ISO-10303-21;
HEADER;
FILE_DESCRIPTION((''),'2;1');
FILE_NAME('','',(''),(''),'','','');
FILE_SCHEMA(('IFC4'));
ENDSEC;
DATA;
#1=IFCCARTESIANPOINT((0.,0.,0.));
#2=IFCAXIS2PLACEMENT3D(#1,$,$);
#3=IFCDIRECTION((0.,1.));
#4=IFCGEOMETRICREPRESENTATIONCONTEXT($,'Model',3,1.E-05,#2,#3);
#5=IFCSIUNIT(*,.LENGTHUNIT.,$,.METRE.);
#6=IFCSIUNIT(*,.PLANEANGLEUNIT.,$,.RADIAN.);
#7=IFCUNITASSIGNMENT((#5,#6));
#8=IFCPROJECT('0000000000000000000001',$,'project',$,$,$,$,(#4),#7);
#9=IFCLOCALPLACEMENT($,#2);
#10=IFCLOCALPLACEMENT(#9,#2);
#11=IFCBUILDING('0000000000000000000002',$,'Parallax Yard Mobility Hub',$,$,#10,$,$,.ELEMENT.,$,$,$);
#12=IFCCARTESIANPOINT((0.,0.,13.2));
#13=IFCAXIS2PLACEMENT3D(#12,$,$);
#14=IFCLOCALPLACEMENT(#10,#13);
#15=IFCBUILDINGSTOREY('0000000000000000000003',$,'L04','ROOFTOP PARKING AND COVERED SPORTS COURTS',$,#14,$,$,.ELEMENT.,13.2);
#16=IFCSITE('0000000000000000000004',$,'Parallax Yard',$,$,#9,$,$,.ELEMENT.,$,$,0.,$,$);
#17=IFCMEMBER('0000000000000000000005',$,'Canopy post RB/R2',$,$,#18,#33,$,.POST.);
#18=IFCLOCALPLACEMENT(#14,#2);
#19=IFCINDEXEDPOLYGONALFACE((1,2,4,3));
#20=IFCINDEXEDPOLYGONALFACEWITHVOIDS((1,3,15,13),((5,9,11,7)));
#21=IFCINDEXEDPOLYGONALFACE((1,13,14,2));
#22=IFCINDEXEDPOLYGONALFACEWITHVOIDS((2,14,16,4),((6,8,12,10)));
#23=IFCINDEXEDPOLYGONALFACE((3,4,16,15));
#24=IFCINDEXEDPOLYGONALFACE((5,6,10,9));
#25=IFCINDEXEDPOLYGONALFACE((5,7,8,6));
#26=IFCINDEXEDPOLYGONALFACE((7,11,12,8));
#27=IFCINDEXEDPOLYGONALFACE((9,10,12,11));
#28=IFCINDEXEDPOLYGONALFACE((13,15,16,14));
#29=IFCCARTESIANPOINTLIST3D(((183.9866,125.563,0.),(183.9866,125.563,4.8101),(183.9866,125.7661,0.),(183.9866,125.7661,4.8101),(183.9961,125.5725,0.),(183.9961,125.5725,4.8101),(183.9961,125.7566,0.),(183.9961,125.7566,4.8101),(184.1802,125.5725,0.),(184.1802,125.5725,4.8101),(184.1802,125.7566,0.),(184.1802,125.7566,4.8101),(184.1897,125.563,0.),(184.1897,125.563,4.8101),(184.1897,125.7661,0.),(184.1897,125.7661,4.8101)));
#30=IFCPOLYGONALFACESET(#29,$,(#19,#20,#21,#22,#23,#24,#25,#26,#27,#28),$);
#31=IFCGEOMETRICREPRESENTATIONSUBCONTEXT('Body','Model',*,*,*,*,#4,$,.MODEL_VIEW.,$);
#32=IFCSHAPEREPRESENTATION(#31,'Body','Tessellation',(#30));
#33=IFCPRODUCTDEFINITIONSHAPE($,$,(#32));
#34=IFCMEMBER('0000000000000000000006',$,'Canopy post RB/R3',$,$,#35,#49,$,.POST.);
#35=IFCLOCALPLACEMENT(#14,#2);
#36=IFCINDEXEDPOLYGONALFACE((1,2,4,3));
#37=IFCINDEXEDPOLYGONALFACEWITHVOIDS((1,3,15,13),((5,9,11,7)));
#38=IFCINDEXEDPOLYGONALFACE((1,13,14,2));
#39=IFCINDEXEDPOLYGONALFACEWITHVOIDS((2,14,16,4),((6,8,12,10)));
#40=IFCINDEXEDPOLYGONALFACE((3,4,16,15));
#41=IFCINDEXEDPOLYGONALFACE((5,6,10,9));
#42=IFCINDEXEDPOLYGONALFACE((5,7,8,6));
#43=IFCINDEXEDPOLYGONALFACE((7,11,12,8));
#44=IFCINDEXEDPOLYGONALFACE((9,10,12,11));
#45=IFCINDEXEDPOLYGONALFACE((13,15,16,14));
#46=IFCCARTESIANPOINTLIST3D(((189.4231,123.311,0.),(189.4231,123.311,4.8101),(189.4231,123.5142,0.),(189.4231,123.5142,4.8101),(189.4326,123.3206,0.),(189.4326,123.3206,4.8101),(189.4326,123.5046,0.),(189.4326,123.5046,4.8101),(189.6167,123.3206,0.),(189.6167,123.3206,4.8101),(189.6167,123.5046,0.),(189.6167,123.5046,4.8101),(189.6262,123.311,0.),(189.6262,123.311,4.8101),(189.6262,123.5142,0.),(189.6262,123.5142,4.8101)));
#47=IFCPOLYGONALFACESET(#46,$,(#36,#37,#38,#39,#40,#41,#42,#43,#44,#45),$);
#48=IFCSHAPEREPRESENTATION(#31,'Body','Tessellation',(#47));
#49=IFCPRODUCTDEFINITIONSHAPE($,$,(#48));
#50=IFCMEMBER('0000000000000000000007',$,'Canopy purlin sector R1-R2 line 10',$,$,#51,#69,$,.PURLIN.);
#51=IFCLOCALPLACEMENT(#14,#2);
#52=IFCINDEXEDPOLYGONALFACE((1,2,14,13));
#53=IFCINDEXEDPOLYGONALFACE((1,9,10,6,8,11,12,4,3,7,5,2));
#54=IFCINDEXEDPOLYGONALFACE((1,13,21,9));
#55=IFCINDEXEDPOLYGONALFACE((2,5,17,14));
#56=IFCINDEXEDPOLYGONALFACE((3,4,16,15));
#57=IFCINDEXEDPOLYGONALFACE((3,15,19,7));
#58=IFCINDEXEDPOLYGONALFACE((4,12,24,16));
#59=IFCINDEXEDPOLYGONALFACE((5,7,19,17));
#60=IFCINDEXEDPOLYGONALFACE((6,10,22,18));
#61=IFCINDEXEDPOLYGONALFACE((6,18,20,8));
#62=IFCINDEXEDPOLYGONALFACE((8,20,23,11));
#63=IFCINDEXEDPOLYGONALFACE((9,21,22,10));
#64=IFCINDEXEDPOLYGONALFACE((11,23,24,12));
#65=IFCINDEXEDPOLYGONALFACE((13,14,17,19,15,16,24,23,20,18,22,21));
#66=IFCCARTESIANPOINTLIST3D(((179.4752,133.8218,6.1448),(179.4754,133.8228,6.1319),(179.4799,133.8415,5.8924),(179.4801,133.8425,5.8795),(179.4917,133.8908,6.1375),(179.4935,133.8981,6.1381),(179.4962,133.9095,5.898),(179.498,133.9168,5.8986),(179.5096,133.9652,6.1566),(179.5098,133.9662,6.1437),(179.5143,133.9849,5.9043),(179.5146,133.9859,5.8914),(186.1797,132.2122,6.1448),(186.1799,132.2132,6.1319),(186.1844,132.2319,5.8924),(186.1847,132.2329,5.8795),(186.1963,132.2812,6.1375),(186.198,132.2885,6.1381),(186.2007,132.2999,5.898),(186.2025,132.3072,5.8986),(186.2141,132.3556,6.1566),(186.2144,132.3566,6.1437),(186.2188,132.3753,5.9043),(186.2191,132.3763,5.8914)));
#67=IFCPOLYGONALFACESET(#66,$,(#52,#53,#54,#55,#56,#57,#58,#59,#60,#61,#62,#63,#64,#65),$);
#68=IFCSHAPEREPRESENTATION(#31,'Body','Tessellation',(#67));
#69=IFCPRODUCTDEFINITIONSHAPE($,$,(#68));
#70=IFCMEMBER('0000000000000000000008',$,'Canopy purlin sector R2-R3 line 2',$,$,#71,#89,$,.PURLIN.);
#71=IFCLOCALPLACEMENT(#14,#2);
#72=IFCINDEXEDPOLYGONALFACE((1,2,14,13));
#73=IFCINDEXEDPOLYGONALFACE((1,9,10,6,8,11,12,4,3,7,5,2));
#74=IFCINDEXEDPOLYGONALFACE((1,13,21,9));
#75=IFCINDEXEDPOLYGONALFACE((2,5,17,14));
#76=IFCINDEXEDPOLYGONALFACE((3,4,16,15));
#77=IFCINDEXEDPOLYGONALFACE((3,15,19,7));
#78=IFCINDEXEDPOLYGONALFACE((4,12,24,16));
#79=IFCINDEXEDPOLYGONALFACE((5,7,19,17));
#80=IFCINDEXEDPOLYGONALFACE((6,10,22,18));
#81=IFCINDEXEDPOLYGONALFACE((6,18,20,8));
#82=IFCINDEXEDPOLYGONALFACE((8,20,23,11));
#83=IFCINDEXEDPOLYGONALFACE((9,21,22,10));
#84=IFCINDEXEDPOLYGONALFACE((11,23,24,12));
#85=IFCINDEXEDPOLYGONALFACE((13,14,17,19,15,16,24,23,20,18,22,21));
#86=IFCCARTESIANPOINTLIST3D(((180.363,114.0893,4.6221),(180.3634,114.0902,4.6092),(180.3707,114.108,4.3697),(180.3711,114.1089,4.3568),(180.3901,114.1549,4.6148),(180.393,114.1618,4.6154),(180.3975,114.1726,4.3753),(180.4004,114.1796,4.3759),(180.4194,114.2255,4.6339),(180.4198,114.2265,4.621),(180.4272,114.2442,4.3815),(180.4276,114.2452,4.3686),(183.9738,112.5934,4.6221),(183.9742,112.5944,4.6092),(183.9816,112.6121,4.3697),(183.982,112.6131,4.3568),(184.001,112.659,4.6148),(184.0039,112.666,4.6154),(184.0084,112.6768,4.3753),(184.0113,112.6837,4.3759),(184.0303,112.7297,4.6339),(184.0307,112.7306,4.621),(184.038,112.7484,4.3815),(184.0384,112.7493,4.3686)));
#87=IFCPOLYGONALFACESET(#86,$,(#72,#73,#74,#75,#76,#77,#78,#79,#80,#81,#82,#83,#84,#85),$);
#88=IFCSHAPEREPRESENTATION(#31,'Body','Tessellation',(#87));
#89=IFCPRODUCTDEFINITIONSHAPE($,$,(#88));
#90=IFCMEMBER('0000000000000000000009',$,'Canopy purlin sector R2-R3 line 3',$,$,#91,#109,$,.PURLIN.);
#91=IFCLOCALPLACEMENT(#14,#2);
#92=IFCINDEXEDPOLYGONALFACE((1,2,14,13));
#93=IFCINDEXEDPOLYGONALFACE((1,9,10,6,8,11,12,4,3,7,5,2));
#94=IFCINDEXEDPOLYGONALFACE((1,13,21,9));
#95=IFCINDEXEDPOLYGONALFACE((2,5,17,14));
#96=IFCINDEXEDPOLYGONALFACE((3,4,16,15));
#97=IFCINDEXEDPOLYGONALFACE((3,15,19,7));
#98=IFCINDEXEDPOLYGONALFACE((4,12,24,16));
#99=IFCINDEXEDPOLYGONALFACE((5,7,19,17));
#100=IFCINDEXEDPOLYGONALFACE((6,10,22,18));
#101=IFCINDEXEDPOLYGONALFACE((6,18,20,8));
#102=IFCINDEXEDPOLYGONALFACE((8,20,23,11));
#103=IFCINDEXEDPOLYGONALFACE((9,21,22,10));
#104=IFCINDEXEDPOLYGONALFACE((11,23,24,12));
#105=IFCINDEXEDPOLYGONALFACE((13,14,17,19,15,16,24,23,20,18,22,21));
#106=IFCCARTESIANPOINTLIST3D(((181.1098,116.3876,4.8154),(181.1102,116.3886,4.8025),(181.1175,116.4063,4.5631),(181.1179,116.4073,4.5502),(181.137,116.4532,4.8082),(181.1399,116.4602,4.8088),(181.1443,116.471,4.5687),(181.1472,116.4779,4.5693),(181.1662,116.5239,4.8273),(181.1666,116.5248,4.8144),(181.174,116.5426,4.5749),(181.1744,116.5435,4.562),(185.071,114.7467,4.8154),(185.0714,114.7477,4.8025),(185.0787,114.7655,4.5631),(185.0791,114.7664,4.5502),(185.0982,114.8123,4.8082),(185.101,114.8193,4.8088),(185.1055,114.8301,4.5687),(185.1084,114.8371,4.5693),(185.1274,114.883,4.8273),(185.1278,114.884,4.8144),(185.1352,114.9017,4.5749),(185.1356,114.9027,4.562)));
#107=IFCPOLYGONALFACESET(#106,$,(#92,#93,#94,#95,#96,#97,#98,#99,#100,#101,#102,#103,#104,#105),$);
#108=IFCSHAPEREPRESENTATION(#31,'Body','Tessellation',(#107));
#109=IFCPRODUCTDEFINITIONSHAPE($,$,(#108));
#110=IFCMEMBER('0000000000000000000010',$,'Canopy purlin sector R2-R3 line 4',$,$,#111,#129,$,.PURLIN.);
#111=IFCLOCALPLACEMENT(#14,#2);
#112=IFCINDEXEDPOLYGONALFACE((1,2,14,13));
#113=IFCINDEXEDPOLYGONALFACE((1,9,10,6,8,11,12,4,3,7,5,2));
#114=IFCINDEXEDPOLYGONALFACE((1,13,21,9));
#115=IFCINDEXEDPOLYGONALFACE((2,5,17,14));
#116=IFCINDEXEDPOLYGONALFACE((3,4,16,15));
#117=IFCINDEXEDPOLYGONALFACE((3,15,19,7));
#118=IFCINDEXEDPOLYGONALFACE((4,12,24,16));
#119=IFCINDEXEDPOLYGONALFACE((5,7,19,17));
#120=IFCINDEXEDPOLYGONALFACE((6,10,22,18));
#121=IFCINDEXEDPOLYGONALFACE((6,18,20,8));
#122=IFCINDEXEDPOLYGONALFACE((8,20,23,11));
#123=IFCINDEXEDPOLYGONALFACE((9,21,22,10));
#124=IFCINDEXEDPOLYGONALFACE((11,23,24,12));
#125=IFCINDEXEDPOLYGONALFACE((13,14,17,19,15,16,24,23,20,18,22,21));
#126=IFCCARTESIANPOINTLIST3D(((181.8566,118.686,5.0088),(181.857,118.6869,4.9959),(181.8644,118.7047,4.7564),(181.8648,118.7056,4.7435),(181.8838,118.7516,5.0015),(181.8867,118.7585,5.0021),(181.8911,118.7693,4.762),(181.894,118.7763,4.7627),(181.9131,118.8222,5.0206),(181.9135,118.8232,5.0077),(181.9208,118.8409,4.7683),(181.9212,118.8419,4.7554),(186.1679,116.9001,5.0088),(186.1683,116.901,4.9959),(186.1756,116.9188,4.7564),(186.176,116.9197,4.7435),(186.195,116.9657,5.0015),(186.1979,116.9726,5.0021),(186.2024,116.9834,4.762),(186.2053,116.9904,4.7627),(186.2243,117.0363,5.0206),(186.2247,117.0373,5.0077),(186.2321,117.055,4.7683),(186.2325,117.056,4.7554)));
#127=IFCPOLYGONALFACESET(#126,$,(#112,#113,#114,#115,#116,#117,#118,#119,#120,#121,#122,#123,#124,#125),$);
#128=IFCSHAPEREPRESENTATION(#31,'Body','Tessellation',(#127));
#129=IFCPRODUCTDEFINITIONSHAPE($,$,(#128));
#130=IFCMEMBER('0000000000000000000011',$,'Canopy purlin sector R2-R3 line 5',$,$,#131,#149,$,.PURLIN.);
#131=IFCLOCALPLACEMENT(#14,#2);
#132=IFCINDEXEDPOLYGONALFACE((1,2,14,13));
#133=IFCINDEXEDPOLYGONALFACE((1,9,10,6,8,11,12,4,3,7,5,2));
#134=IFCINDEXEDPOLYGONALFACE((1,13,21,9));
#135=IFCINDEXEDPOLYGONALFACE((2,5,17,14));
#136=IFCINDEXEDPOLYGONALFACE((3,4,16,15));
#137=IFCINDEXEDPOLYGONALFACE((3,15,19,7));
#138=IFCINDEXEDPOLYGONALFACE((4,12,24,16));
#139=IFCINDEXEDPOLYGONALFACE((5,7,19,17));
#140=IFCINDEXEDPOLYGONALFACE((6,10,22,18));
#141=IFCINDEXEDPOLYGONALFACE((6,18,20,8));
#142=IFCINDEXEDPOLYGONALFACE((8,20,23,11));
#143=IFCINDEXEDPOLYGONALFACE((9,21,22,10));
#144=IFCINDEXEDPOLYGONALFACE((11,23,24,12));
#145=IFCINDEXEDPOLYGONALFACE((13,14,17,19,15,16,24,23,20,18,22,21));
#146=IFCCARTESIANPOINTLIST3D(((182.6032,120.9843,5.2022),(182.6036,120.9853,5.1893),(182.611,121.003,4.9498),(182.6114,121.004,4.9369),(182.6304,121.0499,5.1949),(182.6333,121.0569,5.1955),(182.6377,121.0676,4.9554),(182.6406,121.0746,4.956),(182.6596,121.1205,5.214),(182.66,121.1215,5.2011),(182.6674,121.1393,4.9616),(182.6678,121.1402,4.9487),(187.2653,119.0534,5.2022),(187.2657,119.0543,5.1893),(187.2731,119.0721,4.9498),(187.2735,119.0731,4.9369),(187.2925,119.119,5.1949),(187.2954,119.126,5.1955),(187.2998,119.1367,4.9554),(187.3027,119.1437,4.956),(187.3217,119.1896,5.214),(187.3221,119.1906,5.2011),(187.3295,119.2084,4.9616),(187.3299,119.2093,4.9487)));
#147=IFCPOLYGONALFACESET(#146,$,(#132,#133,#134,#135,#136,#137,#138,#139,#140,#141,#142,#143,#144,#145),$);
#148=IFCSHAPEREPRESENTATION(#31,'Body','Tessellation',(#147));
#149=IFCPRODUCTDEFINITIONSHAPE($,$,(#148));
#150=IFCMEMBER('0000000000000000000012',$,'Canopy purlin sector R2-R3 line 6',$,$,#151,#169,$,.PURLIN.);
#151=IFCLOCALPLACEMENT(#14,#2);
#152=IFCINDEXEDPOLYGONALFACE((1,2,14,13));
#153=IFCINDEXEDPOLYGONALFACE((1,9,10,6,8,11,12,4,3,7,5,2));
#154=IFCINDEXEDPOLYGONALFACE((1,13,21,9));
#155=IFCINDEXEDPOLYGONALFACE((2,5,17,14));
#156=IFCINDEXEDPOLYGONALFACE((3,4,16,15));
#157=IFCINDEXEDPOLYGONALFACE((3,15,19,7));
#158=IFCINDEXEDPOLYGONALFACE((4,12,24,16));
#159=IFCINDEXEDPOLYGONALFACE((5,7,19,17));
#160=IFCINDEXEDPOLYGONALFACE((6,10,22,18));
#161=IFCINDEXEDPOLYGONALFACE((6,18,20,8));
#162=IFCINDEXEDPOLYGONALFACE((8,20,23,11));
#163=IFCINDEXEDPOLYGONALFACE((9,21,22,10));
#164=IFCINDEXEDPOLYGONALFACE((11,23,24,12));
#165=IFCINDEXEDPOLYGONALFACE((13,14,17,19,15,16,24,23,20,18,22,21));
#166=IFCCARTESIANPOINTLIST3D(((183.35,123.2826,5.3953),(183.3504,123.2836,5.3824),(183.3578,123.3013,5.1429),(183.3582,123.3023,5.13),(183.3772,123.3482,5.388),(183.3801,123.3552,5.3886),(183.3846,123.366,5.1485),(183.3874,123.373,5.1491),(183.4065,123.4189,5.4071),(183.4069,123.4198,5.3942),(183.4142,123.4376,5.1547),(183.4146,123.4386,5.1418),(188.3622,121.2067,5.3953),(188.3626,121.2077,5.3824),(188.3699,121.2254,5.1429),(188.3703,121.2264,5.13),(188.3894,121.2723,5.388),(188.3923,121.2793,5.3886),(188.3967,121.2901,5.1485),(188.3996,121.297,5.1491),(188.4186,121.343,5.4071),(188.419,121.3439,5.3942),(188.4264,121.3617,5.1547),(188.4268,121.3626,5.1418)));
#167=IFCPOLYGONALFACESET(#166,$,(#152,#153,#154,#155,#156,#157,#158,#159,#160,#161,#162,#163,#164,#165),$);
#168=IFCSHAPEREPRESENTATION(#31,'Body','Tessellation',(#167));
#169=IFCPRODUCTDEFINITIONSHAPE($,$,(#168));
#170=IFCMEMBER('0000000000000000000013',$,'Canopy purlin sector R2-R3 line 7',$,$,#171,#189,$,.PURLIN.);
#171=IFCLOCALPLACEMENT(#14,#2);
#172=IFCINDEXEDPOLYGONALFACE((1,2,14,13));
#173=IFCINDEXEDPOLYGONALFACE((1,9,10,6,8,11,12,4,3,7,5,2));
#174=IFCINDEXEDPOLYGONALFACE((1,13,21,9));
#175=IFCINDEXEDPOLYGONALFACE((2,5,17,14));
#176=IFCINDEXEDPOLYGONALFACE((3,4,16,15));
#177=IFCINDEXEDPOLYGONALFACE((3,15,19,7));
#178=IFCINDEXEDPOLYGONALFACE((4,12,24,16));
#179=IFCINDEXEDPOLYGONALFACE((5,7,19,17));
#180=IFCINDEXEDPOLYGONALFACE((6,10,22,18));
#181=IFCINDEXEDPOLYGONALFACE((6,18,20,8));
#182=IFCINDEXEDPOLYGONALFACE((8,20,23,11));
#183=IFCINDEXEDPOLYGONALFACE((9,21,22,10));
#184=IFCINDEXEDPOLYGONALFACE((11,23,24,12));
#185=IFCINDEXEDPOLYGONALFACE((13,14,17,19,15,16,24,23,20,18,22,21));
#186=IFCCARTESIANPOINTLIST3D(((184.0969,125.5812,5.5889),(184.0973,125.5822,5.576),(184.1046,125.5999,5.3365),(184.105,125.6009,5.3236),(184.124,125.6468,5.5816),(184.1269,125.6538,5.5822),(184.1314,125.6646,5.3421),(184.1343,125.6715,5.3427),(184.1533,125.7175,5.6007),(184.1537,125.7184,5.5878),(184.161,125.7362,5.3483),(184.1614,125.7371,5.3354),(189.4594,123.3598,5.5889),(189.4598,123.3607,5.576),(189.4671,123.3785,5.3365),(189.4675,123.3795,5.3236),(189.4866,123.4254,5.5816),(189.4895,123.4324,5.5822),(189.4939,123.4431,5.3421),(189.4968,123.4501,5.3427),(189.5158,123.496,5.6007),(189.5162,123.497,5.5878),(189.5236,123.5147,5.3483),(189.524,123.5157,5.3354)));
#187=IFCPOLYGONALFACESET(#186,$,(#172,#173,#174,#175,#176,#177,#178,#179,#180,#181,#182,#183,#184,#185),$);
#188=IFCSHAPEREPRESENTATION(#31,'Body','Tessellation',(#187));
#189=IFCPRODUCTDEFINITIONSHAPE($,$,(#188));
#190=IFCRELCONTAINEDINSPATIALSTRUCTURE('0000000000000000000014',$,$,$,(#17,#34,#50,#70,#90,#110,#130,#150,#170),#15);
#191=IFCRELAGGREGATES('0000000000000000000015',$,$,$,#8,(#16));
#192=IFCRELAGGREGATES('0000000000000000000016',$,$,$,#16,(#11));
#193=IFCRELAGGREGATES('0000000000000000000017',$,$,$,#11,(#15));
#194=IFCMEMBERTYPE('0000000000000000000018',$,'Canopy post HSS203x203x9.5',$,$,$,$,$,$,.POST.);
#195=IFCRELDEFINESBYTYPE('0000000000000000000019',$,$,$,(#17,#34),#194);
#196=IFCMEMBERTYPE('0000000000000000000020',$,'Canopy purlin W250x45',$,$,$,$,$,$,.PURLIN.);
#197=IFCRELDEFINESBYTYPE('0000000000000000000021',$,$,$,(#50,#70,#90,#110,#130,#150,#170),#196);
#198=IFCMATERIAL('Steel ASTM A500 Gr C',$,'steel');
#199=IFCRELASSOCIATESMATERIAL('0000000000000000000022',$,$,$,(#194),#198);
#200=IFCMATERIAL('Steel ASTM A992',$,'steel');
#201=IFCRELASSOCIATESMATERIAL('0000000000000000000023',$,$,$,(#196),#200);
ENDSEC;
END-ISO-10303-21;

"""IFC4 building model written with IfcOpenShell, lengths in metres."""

from ifc_helpers import new_model, si_unit, direction, frame, origin, origin_2d, place, context, subcontext, project, spatial, hollow_rectangle, i_section, extrude, material, material_profile, profile_set, type_object, element, save


model = new_model("IFC4")

# Units and contexts
model_context = context("Model", 3, precision=1e-05, world=origin(), true_north=direction((0.0, 1.0)))
body_context = subcontext(model_context, "Body", "Model", "MODEL_VIEW")
ifc_project = project(units=[si_unit("LENGTHUNIT", "METRE"), si_unit("PLANEANGLEUNIT", "RADIAN")], contexts=[model_context])

# Site, building, storey
site_placement = place(None, origin())
site = spatial("IfcSite", under=ifc_project, at=site_placement, Name="Parallax Yard", CompositionType="ELEMENT", RefElevation=0.0)
building_placement = place(site_placement, origin())
building = spatial("IfcBuilding", under=site, at=building_placement, Name="Parallax Yard Mobility Hub", CompositionType="ELEMENT")
storey_placement = place(building_placement, frame((0.0, 0.0, 13.2)))
storey = spatial("IfcBuildingStorey", under=building, at=storey_placement, Name="L04", Description="ROOFTOP PARKING AND COVERED SPORTS COURTS", CompositionType="ELEMENT", Elevation=13.2)

# Members
ifc_material_1 = material(Name="Steel ASTM A500 Gr C", Category="steel")
ifc_material_profile_1 = material_profile(ifc_material_1, hollow_rectangle(XDim=0.2031, YDim=0.2031, WallThickness=0.0095, at=origin_2d()), Name="HSS203x203x9.5")
ifc_profile_set_1 = profile_set([ifc_material_profile_1], Name="Steel ASTM A500 Gr C")
member_type_1 = type_object("IfcMemberType", Name="Canopy post HSS203x203x9.5", PredefinedType="POST", material=ifc_profile_set_1)
for number, where, z_axis, x_axis, name in (
    (1, (184.0881, 125.6646, 0.0), (0.0, 0.0, 1.0), (1.0, 0.0, 0.0), "Canopy post RB/R2"),
    (2, (189.5247, 123.4126, 0.0), (0.0, 0.0, 1.0), (1.0, 0.0, 0.0), "Canopy post RB/R3"),
):
    element("IfcMember", number, at=place(storey_placement, frame(where, z_axis=z_axis, x_axis=x_axis)), inside=storey, type_object=member_type_1, Name=name, PredefinedType="POST", context=body_context, shape_type="SweptSolid", body=[
        extrude(hollow_rectangle(XDim=0.2031, YDim=0.2031, WallThickness=0.0095, at=origin_2d()), origin(), (0.0, 0.0, 1.0), 4.8101),
    ])
ifc_material_2 = material(Name="Steel ASTM A992", Category="steel")
ifc_material_profile_2 = material_profile(ifc_material_2, i_section(OverallWidth=0.1479, OverallDepth=0.2661, WebThickness=0.0076, FlangeThickness=0.0129, at=origin_2d()), Name="W250x45")
ifc_profile_set_2 = profile_set([ifc_material_profile_2], Name="Steel ASTM A992")
member_type_2 = type_object("IfcMemberType", Name="Canopy purlin W250x45", PredefinedType="PURLIN", material=ifc_profile_set_2)
member_1_placement = place(storey_placement, frame((179.4949, 133.9038, 6.0181), z_axis=(0.97237, -0.233444, 0.0), x_axis=(0.232696, 0.969254, 0.07999)))
element("IfcMember", 3, at=member_1_placement, inside=storey, type_object=member_type_2, Name="Canopy purlin sector R1-R2 line 10", PredefinedType="PURLIN", context=body_context, shape_type="SweptSolid", body=[
    extrude(i_section(OverallWidth=0.1479, OverallDepth=0.2661, WebThickness=0.0076, FlangeThickness=0.0129, at=origin_2d()), origin(), (0.0, 0.0, 1.0), 6.895),
])
member_2_placement = place(storey_placement, frame((180.3953, 114.1672, 4.4954), z_axis=(0.923862, -0.382725, 0.0), x_axis=(0.381499, 0.920902, 0.07999)))
element("IfcMember", 4, at=member_2_placement, inside=storey, type_object=member_type_2, Name="Canopy purlin sector R2-R3 line 2", PredefinedType="PURLIN", context=body_context, shape_type="SweptSolid", body=[
    extrude(i_section(OverallWidth=0.1479, OverallDepth=0.2661, WebThickness=0.0076, FlangeThickness=0.0129, at=origin_2d()), origin(), (0.0, 0.0, 1.0), 3.9084),
])
member_3_placement = place(storey_placement, frame((181.1421, 116.4656, 4.6887), z_axis=(0.923872, -0.382702, 0.0), x_axis=(0.381476, 0.920911, 0.07999)))
element("IfcMember", 5, at=member_3_placement, inside=storey, type_object=member_type_2, Name="Canopy purlin sector R2-R3 line 3", PredefinedType="PURLIN", context=body_context, shape_type="SweptSolid", body=[
    extrude(i_section(OverallWidth=0.1479, OverallDepth=0.2661, WebThickness=0.0076, FlangeThickness=0.0129, at=origin_2d()), origin(), (0.0, 0.0, 1.0), 4.2876),
])
member_4_placement = place(storey_placement, frame((181.8889, 118.7639, 4.8821), z_axis=(0.923872, -0.382701, 0.0), x_axis=(0.381475, 0.920912, 0.07999)))
element("IfcMember", 6, at=member_4_placement, inside=storey, type_object=member_type_2, Name="Canopy purlin sector R2-R3 line 4", PredefinedType="PURLIN", context=body_context, shape_type="SweptSolid", body=[
    extrude(i_section(OverallWidth=0.1479, OverallDepth=0.2661, WebThickness=0.0076, FlangeThickness=0.0129, at=origin_2d()), origin(), (0.0, 0.0, 1.0), 4.6665),
])
member_5_placement = place(storey_placement, frame((182.6355, 121.0623, 5.0754), z_axis=(0.923894, -0.382649, 0.0), x_axis=(0.381423, 0.920933, 0.07999)))
element("IfcMember", 7, at=member_5_placement, inside=storey, type_object=member_type_2, Name="Canopy purlin sector R2-R3 line 5", PredefinedType="PURLIN", context=body_context, shape_type="SweptSolid", body=[
    extrude(i_section(OverallWidth=0.1479, OverallDepth=0.2661, WebThickness=0.0076, FlangeThickness=0.0129, at=origin_2d()), origin(), (0.0, 0.0, 1.0), 5.0461),
])
member_6_placement = place(storey_placement, frame((183.3823, 123.3606, 5.2686), z_axis=(0.923892, -0.382653, 0.0), x_axis=(0.381426, 0.920932, 0.07999)))
element("IfcMember", 8, at=member_6_placement, inside=storey, type_object=member_type_2, Name="Canopy purlin sector R2-R3 line 6", PredefinedType="PURLIN", context=body_context, shape_type="SweptSolid", body=[
    extrude(i_section(OverallWidth=0.1479, OverallDepth=0.2661, WebThickness=0.0076, FlangeThickness=0.0129, at=origin_2d()), origin(), (0.0, 0.0, 1.0), 5.425),
])
member_7_placement = place(storey_placement, frame((184.1292, 125.6592, 5.4622), z_axis=(0.923868, -0.382712, 0.0), x_axis=(0.381486, 0.920907, 0.07999)))
element("IfcMember", 9, at=member_7_placement, inside=storey, type_object=member_type_2, Name="Canopy purlin sector R2-R3 line 7", PredefinedType="PURLIN", context=body_context, shape_type="SweptSolid", body=[
    extrude(i_section(OverallWidth=0.1479, OverallDepth=0.2661, WebThickness=0.0076, FlangeThickness=0.0129, at=origin_2d()), origin(), (0.0, 0.0, 1.0), 5.8044),
])

save(model, "model.ifc")
